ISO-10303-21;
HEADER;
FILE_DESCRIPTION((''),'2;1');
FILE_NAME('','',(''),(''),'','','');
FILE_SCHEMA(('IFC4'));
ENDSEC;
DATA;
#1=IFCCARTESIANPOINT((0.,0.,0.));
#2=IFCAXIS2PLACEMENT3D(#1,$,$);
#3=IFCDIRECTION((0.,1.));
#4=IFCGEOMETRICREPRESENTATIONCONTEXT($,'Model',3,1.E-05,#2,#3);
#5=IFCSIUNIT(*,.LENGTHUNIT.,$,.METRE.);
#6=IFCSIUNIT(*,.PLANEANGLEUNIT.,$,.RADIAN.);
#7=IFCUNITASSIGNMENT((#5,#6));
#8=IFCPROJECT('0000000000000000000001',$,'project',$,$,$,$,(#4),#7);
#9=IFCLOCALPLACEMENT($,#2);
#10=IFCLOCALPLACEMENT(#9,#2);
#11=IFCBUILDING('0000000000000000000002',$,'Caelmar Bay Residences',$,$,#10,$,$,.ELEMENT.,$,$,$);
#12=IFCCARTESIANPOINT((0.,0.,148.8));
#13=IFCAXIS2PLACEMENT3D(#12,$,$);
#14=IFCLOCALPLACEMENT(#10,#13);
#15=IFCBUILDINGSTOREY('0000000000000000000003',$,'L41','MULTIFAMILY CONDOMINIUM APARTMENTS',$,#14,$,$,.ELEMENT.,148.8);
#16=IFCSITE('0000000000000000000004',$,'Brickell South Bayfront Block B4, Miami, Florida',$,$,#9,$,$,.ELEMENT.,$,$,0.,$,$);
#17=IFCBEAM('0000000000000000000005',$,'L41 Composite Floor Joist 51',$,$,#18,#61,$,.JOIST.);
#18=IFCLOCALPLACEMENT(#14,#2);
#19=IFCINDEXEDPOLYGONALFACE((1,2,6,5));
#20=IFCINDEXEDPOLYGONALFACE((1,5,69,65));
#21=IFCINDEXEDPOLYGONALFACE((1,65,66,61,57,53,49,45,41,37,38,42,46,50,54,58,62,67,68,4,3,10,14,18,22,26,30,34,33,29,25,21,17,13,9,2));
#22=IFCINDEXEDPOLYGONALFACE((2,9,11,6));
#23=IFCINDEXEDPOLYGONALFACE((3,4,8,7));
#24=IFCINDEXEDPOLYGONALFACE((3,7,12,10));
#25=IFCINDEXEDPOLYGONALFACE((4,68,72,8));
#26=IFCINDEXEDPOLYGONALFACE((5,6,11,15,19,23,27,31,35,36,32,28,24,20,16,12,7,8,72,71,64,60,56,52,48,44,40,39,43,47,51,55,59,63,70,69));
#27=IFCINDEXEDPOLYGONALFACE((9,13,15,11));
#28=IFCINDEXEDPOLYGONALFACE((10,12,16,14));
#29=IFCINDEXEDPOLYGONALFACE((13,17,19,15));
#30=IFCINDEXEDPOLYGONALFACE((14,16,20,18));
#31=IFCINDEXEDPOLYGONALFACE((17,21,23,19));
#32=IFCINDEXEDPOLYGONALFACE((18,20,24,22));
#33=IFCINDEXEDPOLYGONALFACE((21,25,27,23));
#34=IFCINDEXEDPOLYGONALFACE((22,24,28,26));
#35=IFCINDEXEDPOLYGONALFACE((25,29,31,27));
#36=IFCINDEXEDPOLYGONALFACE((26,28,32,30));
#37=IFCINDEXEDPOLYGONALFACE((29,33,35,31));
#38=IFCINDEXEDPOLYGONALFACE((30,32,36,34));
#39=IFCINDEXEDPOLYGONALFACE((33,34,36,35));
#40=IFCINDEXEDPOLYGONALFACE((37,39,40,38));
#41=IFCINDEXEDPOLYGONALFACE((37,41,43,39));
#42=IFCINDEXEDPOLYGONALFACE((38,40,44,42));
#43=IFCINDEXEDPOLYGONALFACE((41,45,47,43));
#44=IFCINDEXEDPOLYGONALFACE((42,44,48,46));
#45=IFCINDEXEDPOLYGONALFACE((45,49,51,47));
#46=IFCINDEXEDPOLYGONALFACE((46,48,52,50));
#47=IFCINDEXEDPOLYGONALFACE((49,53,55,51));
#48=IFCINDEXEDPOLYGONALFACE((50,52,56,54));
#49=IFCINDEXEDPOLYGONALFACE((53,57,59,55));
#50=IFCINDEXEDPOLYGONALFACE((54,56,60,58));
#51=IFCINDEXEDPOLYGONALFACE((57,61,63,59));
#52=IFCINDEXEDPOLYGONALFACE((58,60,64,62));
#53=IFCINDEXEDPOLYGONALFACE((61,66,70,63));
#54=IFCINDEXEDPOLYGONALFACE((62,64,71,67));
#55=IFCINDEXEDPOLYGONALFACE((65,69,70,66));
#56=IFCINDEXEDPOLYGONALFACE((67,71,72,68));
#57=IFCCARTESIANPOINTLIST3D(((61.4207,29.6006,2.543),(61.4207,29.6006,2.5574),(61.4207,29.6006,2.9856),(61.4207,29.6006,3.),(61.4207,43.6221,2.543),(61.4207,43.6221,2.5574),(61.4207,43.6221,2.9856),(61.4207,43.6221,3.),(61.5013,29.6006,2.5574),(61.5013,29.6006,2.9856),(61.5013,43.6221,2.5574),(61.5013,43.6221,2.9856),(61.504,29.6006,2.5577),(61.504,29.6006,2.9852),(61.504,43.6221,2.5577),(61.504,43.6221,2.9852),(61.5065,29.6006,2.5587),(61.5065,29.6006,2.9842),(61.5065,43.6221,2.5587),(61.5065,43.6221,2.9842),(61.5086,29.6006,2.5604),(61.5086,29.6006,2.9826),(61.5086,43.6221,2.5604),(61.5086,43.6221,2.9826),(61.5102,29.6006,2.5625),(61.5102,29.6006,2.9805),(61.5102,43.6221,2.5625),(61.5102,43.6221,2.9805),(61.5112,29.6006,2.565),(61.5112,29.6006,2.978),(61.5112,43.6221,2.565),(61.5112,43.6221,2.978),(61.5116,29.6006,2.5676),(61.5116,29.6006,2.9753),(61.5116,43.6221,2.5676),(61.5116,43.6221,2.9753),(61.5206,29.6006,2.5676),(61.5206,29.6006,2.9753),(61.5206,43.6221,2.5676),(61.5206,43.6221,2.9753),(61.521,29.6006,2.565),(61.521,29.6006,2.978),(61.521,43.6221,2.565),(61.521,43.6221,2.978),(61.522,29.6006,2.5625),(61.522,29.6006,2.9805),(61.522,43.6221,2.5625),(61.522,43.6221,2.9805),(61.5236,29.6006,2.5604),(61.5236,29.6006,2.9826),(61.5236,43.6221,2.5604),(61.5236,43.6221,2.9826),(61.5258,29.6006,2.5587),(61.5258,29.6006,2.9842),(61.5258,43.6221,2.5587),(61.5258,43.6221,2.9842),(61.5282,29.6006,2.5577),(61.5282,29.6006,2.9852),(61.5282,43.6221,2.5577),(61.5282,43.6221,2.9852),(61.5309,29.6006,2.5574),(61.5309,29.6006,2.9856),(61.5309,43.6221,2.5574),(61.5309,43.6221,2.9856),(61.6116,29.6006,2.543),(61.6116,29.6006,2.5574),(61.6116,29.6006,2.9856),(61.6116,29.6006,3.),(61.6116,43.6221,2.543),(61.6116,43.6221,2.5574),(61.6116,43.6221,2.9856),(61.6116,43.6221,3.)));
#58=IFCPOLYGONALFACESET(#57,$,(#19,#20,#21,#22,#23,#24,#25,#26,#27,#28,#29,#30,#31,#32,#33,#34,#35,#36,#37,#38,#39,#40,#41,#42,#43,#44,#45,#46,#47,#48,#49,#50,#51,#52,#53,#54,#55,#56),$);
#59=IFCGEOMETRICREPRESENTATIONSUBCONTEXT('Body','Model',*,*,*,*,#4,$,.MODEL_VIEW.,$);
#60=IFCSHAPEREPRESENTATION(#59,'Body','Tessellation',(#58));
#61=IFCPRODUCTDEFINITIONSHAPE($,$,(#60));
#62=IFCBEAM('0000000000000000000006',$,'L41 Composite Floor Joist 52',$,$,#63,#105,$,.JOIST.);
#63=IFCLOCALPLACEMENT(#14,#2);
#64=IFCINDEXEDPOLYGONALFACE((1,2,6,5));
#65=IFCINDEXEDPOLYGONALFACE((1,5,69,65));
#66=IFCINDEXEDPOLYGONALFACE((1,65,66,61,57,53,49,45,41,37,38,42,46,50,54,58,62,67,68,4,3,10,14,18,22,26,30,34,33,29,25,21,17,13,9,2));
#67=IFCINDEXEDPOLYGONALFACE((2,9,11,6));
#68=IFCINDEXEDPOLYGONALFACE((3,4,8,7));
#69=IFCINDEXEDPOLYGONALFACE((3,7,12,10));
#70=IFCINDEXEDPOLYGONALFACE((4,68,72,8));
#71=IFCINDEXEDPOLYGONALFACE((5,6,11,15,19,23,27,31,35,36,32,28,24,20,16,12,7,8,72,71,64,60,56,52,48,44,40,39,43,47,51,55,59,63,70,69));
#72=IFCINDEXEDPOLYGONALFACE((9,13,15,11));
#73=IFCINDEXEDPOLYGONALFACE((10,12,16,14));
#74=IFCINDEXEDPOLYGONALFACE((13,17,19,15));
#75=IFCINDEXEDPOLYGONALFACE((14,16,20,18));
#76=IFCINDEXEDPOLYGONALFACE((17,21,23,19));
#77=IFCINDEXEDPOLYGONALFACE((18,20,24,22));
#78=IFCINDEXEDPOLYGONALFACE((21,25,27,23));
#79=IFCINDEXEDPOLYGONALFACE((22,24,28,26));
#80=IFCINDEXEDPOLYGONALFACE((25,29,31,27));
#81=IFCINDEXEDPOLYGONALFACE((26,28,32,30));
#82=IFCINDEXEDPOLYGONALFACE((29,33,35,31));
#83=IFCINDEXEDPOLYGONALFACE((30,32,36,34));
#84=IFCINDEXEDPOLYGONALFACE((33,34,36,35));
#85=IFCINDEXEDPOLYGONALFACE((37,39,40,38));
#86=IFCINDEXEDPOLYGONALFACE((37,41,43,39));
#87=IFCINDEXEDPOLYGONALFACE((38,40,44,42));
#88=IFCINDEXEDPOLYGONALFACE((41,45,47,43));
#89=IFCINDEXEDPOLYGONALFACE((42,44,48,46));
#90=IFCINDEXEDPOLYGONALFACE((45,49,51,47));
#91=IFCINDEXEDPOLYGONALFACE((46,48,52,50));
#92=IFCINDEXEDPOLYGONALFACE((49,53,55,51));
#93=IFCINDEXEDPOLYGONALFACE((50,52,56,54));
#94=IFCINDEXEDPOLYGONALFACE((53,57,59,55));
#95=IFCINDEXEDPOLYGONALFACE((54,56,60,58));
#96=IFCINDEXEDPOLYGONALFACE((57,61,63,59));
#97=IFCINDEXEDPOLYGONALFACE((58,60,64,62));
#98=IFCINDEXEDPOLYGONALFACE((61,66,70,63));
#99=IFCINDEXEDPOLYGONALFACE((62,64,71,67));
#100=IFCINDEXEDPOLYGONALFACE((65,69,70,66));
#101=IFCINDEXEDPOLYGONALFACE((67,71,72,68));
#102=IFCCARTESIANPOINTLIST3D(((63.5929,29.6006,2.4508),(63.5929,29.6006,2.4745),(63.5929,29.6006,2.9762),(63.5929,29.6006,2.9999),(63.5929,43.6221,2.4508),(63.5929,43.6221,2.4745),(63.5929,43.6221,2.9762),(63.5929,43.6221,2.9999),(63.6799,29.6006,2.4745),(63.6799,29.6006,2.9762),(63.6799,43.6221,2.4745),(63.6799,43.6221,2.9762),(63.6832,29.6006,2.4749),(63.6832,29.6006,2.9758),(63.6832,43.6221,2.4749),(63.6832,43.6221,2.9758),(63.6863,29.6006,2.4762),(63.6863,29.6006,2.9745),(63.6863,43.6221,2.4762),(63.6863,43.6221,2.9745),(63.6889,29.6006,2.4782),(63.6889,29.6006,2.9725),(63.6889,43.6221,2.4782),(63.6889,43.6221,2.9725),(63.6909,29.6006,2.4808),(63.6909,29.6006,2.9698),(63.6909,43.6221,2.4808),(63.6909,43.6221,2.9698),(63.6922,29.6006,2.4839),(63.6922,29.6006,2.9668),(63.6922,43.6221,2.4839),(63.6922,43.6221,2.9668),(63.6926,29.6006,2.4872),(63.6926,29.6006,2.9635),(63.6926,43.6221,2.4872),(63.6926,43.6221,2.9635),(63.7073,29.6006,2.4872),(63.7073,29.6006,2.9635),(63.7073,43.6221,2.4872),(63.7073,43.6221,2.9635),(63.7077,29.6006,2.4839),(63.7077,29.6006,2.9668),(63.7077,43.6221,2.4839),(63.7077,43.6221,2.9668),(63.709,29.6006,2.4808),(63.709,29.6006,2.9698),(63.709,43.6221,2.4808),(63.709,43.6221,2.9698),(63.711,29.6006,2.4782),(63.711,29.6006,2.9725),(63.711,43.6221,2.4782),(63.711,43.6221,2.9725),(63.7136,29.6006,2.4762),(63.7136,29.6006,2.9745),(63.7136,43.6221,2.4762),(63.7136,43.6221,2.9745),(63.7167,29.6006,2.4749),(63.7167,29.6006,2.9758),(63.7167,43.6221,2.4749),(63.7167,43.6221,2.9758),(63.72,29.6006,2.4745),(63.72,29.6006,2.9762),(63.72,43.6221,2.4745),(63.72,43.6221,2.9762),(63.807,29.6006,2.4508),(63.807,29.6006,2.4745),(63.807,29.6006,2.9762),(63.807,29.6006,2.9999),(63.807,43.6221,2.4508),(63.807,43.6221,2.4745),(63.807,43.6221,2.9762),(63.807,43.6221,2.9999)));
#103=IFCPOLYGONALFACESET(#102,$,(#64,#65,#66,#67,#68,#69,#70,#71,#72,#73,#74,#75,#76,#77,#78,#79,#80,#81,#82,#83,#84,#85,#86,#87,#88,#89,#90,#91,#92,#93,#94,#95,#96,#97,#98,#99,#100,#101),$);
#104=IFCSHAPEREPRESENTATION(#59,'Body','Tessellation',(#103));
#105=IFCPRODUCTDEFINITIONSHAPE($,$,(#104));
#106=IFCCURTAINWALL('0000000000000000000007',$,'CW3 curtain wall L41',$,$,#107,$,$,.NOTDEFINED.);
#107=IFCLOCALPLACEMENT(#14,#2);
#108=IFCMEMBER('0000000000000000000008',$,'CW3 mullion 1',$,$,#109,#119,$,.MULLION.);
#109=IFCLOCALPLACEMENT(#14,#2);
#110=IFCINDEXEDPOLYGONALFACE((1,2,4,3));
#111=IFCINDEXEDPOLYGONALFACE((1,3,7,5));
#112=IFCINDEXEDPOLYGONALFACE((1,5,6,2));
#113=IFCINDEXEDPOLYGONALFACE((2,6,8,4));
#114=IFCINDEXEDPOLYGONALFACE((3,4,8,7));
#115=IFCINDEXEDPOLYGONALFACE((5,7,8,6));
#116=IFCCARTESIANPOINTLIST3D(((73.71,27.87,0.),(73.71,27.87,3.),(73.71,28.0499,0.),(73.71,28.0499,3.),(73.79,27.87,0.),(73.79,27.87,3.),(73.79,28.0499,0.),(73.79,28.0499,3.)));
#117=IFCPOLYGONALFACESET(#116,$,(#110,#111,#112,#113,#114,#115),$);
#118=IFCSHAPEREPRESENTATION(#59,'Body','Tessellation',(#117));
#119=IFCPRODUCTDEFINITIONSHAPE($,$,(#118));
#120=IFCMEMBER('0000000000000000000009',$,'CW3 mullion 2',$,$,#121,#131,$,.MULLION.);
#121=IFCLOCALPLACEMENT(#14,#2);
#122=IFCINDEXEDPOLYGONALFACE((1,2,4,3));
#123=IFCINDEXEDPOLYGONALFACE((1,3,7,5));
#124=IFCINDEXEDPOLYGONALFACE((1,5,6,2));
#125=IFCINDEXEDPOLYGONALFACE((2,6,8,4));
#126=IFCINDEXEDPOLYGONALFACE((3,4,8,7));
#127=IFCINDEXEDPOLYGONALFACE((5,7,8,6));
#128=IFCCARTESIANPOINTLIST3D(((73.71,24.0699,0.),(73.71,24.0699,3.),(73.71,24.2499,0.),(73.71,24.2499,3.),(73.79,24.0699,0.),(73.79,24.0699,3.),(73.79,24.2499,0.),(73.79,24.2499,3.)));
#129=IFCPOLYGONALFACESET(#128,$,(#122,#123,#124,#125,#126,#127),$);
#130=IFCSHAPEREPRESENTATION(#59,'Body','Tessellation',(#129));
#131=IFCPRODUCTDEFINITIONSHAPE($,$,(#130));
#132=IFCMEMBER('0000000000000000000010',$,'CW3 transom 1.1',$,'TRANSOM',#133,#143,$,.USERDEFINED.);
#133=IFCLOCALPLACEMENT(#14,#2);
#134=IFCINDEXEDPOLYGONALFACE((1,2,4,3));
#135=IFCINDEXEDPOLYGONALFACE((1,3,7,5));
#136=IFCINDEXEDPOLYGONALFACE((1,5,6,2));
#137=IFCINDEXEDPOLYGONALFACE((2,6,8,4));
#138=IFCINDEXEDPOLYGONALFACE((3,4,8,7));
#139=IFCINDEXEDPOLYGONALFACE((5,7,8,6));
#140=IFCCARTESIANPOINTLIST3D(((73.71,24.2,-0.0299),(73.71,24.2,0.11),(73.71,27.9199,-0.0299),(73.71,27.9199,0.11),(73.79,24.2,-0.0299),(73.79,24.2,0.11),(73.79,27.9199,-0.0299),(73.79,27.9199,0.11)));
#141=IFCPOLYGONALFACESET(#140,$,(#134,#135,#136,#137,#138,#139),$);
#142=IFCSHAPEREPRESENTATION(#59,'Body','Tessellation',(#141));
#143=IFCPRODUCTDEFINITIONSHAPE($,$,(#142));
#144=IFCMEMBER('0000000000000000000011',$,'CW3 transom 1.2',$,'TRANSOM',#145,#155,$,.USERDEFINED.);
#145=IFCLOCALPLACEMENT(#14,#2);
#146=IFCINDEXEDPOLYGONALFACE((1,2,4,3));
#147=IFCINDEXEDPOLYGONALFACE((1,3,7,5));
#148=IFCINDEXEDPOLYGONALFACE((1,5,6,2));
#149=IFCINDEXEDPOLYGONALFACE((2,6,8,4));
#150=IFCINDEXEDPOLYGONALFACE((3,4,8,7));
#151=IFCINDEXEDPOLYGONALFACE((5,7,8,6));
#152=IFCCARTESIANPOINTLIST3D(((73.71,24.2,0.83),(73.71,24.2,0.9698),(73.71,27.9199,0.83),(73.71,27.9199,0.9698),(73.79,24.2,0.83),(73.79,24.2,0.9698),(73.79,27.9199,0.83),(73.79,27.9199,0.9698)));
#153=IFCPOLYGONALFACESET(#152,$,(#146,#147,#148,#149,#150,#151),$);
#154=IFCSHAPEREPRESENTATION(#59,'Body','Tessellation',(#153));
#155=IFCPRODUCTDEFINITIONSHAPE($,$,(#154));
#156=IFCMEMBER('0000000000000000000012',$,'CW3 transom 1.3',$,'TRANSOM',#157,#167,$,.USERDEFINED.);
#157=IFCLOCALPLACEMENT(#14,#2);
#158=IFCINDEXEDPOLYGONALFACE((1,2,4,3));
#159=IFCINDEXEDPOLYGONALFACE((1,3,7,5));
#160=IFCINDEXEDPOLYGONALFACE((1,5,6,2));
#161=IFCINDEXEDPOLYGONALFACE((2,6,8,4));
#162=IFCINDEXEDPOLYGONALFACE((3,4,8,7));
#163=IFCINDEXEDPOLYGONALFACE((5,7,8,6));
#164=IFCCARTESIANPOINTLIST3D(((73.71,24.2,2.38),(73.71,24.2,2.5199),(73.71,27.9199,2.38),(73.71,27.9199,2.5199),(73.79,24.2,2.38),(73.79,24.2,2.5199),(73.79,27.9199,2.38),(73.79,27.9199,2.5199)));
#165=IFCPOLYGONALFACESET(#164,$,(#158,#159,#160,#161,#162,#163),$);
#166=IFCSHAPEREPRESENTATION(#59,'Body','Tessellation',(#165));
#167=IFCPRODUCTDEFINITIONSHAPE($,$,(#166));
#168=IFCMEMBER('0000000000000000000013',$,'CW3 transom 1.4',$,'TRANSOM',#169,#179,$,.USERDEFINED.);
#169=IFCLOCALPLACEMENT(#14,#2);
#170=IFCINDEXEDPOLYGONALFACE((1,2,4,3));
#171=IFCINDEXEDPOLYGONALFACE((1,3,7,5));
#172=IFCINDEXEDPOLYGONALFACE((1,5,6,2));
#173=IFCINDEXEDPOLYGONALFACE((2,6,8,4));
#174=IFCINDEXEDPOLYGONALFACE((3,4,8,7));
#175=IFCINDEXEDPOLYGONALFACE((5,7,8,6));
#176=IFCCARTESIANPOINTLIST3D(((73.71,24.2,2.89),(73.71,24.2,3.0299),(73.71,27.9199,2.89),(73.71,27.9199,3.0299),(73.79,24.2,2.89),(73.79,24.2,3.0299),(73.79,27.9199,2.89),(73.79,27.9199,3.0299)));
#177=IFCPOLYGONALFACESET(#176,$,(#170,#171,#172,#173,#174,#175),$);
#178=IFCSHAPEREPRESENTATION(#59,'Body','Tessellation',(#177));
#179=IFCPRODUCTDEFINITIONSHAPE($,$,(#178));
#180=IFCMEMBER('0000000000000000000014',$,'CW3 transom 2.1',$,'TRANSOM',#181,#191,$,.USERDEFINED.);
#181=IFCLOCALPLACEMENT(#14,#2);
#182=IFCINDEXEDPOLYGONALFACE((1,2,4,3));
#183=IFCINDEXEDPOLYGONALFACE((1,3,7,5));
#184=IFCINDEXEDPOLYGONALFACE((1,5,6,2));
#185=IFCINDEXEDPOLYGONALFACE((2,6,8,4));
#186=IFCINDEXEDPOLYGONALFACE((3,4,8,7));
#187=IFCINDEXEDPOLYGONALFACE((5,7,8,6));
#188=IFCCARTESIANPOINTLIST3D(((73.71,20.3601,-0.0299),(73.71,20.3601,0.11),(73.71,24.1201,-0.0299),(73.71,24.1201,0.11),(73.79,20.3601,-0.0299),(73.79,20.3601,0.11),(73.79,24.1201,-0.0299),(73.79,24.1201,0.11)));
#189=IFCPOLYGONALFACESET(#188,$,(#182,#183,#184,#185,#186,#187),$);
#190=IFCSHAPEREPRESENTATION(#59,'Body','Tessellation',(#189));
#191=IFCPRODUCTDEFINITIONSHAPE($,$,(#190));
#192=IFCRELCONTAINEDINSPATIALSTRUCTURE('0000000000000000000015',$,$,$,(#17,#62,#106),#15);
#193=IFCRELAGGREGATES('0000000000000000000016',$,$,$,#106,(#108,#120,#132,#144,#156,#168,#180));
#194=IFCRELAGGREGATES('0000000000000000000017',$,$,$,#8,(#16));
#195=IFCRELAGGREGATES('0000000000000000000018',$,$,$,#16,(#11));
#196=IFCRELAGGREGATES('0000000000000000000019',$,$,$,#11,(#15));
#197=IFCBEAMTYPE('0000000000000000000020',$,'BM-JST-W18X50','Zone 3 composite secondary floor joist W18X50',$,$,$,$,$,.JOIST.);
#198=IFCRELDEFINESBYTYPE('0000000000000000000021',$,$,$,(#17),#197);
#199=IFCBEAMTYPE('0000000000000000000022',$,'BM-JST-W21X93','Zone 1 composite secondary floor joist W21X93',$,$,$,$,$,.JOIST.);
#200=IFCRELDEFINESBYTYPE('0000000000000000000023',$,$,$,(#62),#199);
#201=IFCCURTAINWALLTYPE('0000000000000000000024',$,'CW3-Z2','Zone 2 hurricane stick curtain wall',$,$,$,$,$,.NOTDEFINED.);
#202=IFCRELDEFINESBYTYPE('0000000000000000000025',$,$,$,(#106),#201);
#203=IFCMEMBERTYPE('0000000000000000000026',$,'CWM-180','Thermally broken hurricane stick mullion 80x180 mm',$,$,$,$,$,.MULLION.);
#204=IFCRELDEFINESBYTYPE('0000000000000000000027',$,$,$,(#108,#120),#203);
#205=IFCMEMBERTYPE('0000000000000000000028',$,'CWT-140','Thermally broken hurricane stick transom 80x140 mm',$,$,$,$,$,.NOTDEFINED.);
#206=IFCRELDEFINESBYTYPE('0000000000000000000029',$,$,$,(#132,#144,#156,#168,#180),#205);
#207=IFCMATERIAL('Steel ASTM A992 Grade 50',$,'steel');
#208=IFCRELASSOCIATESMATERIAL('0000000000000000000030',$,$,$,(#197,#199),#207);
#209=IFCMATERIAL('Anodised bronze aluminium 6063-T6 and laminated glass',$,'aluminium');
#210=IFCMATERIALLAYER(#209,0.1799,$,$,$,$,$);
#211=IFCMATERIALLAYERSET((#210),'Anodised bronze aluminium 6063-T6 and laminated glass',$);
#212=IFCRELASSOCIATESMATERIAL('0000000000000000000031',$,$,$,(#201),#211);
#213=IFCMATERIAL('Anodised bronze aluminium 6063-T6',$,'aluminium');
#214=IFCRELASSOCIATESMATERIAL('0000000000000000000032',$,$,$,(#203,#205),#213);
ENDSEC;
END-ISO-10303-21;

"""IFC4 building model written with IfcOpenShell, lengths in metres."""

from ifc_helpers import new_model, si_unit, direction, frame, origin, origin_2d, place, context, subcontext, project, spatial, rectangle, i_section, extrude, material, layer, layer_set, material_profile, profile_set, type_object, element, aggregate, save


model = new_model("IFC4")

# Units and contexts
model_context = context("Model", 3, precision=1e-05, world=origin(), true_north=direction((0.0, 1.0)))
body_context = subcontext(model_context, "Body", "Model", "MODEL_VIEW")
ifc_project = project(units=[si_unit("LENGTHUNIT", "METRE"), si_unit("PLANEANGLEUNIT", "RADIAN")], contexts=[model_context])

# Site, building, storey
site_placement = place(None, origin())
site = spatial("IfcSite", under=ifc_project, at=site_placement, Name="Brickell South Bayfront Block B4, Miami, Florida", CompositionType="ELEMENT", RefElevation=0.0)
building_placement = place(site_placement, origin())
building = spatial("IfcBuilding", under=site, at=building_placement, Name="Caelmar Bay Residences", CompositionType="ELEMENT")
storey_placement = place(building_placement, frame((0.0, 0.0, 148.8)))
storey = spatial("IfcBuildingStorey", under=building, at=storey_placement, Name="L41", Description="MULTIFAMILY CONDOMINIUM APARTMENTS", CompositionType="ELEMENT", Elevation=148.8)

# Beams
ifc_material_1 = material(Name="Steel ASTM A992 Grade 50", Category="steel")
ifc_material_profile_1 = material_profile(ifc_material_1, i_section(OverallWidth=0.1909, OverallDepth=0.457, WebThickness=0.009, FlangeThickness=0.0144, FilletRadius=0.0103, at=origin_2d()), Name="W18X50")
ifc_profile_set_1 = profile_set([ifc_material_profile_1], Name="Steel ASTM A992 Grade 50")
beam_type_1 = type_object("IfcBeamType", Name="BM-JST-W18X50", Description="Zone 3 composite secondary floor joist W18X50", PredefinedType="JOIST", material=ifc_profile_set_1)
beam_1_placement = place(storey_placement, frame((61.5161, 29.6006, 2.7715), z_axis=(0.0, 1.0, 0.0), x_axis=(-1.0, 0.0, 0.0)))
element("IfcBeam", 1, at=beam_1_placement, inside=storey, type_object=beam_type_1, Name="L41 Composite Floor Joist 51", PredefinedType="JOIST", context=body_context, shape_type="SweptSolid", body=[
    extrude(i_section(OverallWidth=0.1909, OverallDepth=0.457, WebThickness=0.009, FlangeThickness=0.0144, FilletRadius=0.0103, at=origin_2d()), origin(), (0.0, 0.0, 1.0), 14.0215),
])
ifc_material_profile_2 = material_profile(ifc_material_1, i_section(OverallWidth=0.2141, OverallDepth=0.5491, WebThickness=0.0146, FlangeThickness=0.0237, FilletRadius=0.0127, at=origin_2d()), Name="W21X93")
ifc_profile_set_2 = profile_set([ifc_material_profile_2], Name="Steel ASTM A992 Grade 50")
beam_type_2 = type_object("IfcBeamType", Name="BM-JST-W21X93", Description="Zone 1 composite secondary floor joist W21X93", PredefinedType="JOIST", material=ifc_profile_set_2)
beam_2_placement = place(storey_placement, frame((63.7, 29.6006, 2.7253), z_axis=(0.0, 1.0, 0.0), x_axis=(-1.0, 0.0, 0.0)))
element("IfcBeam", 2, at=beam_2_placement, inside=storey, type_object=beam_type_2, Name="L41 Composite Floor Joist 52", PredefinedType="JOIST", context=body_context, shape_type="SweptSolid", body=[
    extrude(i_section(OverallWidth=0.2141, OverallDepth=0.5491, WebThickness=0.0146, FlangeThickness=0.0237, FilletRadius=0.0127, at=origin_2d()), origin(), (0.0, 0.0, 1.0), 14.0215),
])

# Curtain wall, members
ifc_material_2 = material(Name="Anodised bronze aluminium 6063-T6 and laminated glass", Category="aluminium")
ifc_layer_1 = layer(ifc_material_2, 0.1799)
ifc_layer_set_1 = layer_set([ifc_layer_1], Name="Anodised bronze aluminium 6063-T6 and laminated glass")
curtain_wall_type = type_object("IfcCurtainWallType", Name="CW3-Z2", Description="Zone 2 hurricane stick curtain wall", PredefinedType="NOTDEFINED", material=ifc_layer_set_1)
curtain_wall_placement = place(storey_placement, origin())
curtain_wall = element("IfcCurtainWall", 3, at=curtain_wall_placement, inside=storey, type_object=curtain_wall_type, Name="CW3 curtain wall L41", PredefinedType="NOTDEFINED")
ifc_material_3 = material(Name="Anodised bronze aluminium 6063-T6", Category="aluminium")
ifc_material_profile_3 = material_profile(ifc_material_3, rectangle(XDim=0.0801, YDim=0.1799, at=origin_2d()), Name="CWM-80X180")
ifc_profile_set_3 = profile_set([ifc_material_profile_3], Name="Anodised bronze aluminium 6063-T6")
member_type_1 = type_object("IfcMemberType", Name="CWM-180", Description="Thermally broken hurricane stick mullion 80x180 mm", PredefinedType="MULLION", material=ifc_profile_set_3)
member_1_placement = place(storey_placement, frame((73.75, 27.96, 0.0), z_axis=(0.0, 0.0, 1.0), x_axis=(1.0, 0.0, 0.0)))
member_1 = element("IfcMember", 4, at=member_1_placement, type_object=member_type_1, Name="CW3 mullion 1", PredefinedType="MULLION", context=body_context, shape_type="SweptSolid", body=[
    extrude(rectangle(XDim=0.0801, YDim=0.1799, at=origin_2d()), origin(), (0.0, 0.0, 1.0), 3.0),
])
member_2_placement = place(storey_placement, frame((73.75, 24.1599, 0.0), z_axis=(0.0, 0.0, 1.0), x_axis=(1.0, 0.0, 0.0)))
member_2 = element("IfcMember", 5, at=member_2_placement, type_object=member_type_1, Name="CW3 mullion 2", PredefinedType="MULLION", context=body_context, shape_type="SweptSolid", body=[
    extrude(rectangle(XDim=0.0801, YDim=0.1799, at=origin_2d()), origin(), (0.0, 0.0, 1.0), 3.0),
])
ifc_material_profile_4 = material_profile(ifc_material_3, rectangle(XDim=0.0801, YDim=0.1399, at=origin_2d()), Name="CWT-80X140")
ifc_profile_set_4 = profile_set([ifc_material_profile_4], Name="Anodised bronze aluminium 6063-T6")
member_type_2 = type_object("IfcMemberType", Name="CWT-140", Description="Thermally broken hurricane stick transom 80x140 mm", PredefinedType="NOTDEFINED", material=ifc_profile_set_4)
member_3_placement = place(storey_placement, frame((73.75, 27.9199, 0.04), z_axis=(0.0, -1.0, 0.0), x_axis=(1.0, 0.0, 0.0)))
member_3 = element("IfcMember", 6, at=member_3_placement, type_object=member_type_2, Name="CW3 transom 1.1", ObjectType="TRANSOM", PredefinedType="USERDEFINED", context=body_context, shape_type="SweptSolid", body=[
    extrude(rectangle(XDim=0.0801, YDim=0.1399, at=origin_2d()), origin(), (0.0, 0.0, 1.0), 3.72),
])
member_4_placement = place(storey_placement, frame((73.75, 27.9199, 0.8999), z_axis=(0.0, -1.0, 0.0), x_axis=(1.0, 0.0, 0.0)))
member_4 = element("IfcMember", 7, at=member_4_placement, type_object=member_type_2, Name="CW3 transom 1.2", ObjectType="TRANSOM", PredefinedType="USERDEFINED", context=body_context, shape_type="SweptSolid", body=[
    extrude(rectangle(XDim=0.0801, YDim=0.1399, at=origin_2d()), origin(), (0.0, 0.0, 1.0), 3.72),
])
member_5_placement = place(storey_placement, frame((73.75, 27.9199, 2.45), z_axis=(0.0, -1.0, 0.0), x_axis=(1.0, 0.0, 0.0)))
member_5 = element("IfcMember", 8, at=member_5_placement, type_object=member_type_2, Name="CW3 transom 1.3", ObjectType="TRANSOM", PredefinedType="USERDEFINED", context=body_context, shape_type="SweptSolid", body=[
    extrude(rectangle(XDim=0.0801, YDim=0.1399, at=origin_2d()), origin(), (0.0, 0.0, 1.0), 3.72),
])
member_6_placement = place(storey_placement, frame((73.75, 27.9199, 2.96), z_axis=(0.0, -1.0, 0.0), x_axis=(1.0, 0.0, 0.0)))
member_6 = element("IfcMember", 9, at=member_6_placement, type_object=member_type_2, Name="CW3 transom 1.4", ObjectType="TRANSOM", PredefinedType="USERDEFINED", context=body_context, shape_type="SweptSolid", body=[
    extrude(rectangle(XDim=0.0801, YDim=0.1399, at=origin_2d()), origin(), (0.0, 0.0, 1.0), 3.72),
])
member_7_placement = place(storey_placement, frame((73.75, 24.1201, 0.04), z_axis=(0.0, -1.0, 0.0), x_axis=(1.0, 0.0, 0.0)))
member_7 = element("IfcMember", 10, at=member_7_placement, type_object=member_type_2, Name="CW3 transom 2.1", ObjectType="TRANSOM", PredefinedType="USERDEFINED", context=body_context, shape_type="SweptSolid", body=[
    extrude(rectangle(XDim=0.0801, YDim=0.1399, at=origin_2d()), origin(), (0.0, 0.0, 1.0), 3.76),
])
aggregate(curtain_wall, [member_1, member_2, member_3, member_4, member_5, member_6, member_7])

save(model, "model.ifc")
